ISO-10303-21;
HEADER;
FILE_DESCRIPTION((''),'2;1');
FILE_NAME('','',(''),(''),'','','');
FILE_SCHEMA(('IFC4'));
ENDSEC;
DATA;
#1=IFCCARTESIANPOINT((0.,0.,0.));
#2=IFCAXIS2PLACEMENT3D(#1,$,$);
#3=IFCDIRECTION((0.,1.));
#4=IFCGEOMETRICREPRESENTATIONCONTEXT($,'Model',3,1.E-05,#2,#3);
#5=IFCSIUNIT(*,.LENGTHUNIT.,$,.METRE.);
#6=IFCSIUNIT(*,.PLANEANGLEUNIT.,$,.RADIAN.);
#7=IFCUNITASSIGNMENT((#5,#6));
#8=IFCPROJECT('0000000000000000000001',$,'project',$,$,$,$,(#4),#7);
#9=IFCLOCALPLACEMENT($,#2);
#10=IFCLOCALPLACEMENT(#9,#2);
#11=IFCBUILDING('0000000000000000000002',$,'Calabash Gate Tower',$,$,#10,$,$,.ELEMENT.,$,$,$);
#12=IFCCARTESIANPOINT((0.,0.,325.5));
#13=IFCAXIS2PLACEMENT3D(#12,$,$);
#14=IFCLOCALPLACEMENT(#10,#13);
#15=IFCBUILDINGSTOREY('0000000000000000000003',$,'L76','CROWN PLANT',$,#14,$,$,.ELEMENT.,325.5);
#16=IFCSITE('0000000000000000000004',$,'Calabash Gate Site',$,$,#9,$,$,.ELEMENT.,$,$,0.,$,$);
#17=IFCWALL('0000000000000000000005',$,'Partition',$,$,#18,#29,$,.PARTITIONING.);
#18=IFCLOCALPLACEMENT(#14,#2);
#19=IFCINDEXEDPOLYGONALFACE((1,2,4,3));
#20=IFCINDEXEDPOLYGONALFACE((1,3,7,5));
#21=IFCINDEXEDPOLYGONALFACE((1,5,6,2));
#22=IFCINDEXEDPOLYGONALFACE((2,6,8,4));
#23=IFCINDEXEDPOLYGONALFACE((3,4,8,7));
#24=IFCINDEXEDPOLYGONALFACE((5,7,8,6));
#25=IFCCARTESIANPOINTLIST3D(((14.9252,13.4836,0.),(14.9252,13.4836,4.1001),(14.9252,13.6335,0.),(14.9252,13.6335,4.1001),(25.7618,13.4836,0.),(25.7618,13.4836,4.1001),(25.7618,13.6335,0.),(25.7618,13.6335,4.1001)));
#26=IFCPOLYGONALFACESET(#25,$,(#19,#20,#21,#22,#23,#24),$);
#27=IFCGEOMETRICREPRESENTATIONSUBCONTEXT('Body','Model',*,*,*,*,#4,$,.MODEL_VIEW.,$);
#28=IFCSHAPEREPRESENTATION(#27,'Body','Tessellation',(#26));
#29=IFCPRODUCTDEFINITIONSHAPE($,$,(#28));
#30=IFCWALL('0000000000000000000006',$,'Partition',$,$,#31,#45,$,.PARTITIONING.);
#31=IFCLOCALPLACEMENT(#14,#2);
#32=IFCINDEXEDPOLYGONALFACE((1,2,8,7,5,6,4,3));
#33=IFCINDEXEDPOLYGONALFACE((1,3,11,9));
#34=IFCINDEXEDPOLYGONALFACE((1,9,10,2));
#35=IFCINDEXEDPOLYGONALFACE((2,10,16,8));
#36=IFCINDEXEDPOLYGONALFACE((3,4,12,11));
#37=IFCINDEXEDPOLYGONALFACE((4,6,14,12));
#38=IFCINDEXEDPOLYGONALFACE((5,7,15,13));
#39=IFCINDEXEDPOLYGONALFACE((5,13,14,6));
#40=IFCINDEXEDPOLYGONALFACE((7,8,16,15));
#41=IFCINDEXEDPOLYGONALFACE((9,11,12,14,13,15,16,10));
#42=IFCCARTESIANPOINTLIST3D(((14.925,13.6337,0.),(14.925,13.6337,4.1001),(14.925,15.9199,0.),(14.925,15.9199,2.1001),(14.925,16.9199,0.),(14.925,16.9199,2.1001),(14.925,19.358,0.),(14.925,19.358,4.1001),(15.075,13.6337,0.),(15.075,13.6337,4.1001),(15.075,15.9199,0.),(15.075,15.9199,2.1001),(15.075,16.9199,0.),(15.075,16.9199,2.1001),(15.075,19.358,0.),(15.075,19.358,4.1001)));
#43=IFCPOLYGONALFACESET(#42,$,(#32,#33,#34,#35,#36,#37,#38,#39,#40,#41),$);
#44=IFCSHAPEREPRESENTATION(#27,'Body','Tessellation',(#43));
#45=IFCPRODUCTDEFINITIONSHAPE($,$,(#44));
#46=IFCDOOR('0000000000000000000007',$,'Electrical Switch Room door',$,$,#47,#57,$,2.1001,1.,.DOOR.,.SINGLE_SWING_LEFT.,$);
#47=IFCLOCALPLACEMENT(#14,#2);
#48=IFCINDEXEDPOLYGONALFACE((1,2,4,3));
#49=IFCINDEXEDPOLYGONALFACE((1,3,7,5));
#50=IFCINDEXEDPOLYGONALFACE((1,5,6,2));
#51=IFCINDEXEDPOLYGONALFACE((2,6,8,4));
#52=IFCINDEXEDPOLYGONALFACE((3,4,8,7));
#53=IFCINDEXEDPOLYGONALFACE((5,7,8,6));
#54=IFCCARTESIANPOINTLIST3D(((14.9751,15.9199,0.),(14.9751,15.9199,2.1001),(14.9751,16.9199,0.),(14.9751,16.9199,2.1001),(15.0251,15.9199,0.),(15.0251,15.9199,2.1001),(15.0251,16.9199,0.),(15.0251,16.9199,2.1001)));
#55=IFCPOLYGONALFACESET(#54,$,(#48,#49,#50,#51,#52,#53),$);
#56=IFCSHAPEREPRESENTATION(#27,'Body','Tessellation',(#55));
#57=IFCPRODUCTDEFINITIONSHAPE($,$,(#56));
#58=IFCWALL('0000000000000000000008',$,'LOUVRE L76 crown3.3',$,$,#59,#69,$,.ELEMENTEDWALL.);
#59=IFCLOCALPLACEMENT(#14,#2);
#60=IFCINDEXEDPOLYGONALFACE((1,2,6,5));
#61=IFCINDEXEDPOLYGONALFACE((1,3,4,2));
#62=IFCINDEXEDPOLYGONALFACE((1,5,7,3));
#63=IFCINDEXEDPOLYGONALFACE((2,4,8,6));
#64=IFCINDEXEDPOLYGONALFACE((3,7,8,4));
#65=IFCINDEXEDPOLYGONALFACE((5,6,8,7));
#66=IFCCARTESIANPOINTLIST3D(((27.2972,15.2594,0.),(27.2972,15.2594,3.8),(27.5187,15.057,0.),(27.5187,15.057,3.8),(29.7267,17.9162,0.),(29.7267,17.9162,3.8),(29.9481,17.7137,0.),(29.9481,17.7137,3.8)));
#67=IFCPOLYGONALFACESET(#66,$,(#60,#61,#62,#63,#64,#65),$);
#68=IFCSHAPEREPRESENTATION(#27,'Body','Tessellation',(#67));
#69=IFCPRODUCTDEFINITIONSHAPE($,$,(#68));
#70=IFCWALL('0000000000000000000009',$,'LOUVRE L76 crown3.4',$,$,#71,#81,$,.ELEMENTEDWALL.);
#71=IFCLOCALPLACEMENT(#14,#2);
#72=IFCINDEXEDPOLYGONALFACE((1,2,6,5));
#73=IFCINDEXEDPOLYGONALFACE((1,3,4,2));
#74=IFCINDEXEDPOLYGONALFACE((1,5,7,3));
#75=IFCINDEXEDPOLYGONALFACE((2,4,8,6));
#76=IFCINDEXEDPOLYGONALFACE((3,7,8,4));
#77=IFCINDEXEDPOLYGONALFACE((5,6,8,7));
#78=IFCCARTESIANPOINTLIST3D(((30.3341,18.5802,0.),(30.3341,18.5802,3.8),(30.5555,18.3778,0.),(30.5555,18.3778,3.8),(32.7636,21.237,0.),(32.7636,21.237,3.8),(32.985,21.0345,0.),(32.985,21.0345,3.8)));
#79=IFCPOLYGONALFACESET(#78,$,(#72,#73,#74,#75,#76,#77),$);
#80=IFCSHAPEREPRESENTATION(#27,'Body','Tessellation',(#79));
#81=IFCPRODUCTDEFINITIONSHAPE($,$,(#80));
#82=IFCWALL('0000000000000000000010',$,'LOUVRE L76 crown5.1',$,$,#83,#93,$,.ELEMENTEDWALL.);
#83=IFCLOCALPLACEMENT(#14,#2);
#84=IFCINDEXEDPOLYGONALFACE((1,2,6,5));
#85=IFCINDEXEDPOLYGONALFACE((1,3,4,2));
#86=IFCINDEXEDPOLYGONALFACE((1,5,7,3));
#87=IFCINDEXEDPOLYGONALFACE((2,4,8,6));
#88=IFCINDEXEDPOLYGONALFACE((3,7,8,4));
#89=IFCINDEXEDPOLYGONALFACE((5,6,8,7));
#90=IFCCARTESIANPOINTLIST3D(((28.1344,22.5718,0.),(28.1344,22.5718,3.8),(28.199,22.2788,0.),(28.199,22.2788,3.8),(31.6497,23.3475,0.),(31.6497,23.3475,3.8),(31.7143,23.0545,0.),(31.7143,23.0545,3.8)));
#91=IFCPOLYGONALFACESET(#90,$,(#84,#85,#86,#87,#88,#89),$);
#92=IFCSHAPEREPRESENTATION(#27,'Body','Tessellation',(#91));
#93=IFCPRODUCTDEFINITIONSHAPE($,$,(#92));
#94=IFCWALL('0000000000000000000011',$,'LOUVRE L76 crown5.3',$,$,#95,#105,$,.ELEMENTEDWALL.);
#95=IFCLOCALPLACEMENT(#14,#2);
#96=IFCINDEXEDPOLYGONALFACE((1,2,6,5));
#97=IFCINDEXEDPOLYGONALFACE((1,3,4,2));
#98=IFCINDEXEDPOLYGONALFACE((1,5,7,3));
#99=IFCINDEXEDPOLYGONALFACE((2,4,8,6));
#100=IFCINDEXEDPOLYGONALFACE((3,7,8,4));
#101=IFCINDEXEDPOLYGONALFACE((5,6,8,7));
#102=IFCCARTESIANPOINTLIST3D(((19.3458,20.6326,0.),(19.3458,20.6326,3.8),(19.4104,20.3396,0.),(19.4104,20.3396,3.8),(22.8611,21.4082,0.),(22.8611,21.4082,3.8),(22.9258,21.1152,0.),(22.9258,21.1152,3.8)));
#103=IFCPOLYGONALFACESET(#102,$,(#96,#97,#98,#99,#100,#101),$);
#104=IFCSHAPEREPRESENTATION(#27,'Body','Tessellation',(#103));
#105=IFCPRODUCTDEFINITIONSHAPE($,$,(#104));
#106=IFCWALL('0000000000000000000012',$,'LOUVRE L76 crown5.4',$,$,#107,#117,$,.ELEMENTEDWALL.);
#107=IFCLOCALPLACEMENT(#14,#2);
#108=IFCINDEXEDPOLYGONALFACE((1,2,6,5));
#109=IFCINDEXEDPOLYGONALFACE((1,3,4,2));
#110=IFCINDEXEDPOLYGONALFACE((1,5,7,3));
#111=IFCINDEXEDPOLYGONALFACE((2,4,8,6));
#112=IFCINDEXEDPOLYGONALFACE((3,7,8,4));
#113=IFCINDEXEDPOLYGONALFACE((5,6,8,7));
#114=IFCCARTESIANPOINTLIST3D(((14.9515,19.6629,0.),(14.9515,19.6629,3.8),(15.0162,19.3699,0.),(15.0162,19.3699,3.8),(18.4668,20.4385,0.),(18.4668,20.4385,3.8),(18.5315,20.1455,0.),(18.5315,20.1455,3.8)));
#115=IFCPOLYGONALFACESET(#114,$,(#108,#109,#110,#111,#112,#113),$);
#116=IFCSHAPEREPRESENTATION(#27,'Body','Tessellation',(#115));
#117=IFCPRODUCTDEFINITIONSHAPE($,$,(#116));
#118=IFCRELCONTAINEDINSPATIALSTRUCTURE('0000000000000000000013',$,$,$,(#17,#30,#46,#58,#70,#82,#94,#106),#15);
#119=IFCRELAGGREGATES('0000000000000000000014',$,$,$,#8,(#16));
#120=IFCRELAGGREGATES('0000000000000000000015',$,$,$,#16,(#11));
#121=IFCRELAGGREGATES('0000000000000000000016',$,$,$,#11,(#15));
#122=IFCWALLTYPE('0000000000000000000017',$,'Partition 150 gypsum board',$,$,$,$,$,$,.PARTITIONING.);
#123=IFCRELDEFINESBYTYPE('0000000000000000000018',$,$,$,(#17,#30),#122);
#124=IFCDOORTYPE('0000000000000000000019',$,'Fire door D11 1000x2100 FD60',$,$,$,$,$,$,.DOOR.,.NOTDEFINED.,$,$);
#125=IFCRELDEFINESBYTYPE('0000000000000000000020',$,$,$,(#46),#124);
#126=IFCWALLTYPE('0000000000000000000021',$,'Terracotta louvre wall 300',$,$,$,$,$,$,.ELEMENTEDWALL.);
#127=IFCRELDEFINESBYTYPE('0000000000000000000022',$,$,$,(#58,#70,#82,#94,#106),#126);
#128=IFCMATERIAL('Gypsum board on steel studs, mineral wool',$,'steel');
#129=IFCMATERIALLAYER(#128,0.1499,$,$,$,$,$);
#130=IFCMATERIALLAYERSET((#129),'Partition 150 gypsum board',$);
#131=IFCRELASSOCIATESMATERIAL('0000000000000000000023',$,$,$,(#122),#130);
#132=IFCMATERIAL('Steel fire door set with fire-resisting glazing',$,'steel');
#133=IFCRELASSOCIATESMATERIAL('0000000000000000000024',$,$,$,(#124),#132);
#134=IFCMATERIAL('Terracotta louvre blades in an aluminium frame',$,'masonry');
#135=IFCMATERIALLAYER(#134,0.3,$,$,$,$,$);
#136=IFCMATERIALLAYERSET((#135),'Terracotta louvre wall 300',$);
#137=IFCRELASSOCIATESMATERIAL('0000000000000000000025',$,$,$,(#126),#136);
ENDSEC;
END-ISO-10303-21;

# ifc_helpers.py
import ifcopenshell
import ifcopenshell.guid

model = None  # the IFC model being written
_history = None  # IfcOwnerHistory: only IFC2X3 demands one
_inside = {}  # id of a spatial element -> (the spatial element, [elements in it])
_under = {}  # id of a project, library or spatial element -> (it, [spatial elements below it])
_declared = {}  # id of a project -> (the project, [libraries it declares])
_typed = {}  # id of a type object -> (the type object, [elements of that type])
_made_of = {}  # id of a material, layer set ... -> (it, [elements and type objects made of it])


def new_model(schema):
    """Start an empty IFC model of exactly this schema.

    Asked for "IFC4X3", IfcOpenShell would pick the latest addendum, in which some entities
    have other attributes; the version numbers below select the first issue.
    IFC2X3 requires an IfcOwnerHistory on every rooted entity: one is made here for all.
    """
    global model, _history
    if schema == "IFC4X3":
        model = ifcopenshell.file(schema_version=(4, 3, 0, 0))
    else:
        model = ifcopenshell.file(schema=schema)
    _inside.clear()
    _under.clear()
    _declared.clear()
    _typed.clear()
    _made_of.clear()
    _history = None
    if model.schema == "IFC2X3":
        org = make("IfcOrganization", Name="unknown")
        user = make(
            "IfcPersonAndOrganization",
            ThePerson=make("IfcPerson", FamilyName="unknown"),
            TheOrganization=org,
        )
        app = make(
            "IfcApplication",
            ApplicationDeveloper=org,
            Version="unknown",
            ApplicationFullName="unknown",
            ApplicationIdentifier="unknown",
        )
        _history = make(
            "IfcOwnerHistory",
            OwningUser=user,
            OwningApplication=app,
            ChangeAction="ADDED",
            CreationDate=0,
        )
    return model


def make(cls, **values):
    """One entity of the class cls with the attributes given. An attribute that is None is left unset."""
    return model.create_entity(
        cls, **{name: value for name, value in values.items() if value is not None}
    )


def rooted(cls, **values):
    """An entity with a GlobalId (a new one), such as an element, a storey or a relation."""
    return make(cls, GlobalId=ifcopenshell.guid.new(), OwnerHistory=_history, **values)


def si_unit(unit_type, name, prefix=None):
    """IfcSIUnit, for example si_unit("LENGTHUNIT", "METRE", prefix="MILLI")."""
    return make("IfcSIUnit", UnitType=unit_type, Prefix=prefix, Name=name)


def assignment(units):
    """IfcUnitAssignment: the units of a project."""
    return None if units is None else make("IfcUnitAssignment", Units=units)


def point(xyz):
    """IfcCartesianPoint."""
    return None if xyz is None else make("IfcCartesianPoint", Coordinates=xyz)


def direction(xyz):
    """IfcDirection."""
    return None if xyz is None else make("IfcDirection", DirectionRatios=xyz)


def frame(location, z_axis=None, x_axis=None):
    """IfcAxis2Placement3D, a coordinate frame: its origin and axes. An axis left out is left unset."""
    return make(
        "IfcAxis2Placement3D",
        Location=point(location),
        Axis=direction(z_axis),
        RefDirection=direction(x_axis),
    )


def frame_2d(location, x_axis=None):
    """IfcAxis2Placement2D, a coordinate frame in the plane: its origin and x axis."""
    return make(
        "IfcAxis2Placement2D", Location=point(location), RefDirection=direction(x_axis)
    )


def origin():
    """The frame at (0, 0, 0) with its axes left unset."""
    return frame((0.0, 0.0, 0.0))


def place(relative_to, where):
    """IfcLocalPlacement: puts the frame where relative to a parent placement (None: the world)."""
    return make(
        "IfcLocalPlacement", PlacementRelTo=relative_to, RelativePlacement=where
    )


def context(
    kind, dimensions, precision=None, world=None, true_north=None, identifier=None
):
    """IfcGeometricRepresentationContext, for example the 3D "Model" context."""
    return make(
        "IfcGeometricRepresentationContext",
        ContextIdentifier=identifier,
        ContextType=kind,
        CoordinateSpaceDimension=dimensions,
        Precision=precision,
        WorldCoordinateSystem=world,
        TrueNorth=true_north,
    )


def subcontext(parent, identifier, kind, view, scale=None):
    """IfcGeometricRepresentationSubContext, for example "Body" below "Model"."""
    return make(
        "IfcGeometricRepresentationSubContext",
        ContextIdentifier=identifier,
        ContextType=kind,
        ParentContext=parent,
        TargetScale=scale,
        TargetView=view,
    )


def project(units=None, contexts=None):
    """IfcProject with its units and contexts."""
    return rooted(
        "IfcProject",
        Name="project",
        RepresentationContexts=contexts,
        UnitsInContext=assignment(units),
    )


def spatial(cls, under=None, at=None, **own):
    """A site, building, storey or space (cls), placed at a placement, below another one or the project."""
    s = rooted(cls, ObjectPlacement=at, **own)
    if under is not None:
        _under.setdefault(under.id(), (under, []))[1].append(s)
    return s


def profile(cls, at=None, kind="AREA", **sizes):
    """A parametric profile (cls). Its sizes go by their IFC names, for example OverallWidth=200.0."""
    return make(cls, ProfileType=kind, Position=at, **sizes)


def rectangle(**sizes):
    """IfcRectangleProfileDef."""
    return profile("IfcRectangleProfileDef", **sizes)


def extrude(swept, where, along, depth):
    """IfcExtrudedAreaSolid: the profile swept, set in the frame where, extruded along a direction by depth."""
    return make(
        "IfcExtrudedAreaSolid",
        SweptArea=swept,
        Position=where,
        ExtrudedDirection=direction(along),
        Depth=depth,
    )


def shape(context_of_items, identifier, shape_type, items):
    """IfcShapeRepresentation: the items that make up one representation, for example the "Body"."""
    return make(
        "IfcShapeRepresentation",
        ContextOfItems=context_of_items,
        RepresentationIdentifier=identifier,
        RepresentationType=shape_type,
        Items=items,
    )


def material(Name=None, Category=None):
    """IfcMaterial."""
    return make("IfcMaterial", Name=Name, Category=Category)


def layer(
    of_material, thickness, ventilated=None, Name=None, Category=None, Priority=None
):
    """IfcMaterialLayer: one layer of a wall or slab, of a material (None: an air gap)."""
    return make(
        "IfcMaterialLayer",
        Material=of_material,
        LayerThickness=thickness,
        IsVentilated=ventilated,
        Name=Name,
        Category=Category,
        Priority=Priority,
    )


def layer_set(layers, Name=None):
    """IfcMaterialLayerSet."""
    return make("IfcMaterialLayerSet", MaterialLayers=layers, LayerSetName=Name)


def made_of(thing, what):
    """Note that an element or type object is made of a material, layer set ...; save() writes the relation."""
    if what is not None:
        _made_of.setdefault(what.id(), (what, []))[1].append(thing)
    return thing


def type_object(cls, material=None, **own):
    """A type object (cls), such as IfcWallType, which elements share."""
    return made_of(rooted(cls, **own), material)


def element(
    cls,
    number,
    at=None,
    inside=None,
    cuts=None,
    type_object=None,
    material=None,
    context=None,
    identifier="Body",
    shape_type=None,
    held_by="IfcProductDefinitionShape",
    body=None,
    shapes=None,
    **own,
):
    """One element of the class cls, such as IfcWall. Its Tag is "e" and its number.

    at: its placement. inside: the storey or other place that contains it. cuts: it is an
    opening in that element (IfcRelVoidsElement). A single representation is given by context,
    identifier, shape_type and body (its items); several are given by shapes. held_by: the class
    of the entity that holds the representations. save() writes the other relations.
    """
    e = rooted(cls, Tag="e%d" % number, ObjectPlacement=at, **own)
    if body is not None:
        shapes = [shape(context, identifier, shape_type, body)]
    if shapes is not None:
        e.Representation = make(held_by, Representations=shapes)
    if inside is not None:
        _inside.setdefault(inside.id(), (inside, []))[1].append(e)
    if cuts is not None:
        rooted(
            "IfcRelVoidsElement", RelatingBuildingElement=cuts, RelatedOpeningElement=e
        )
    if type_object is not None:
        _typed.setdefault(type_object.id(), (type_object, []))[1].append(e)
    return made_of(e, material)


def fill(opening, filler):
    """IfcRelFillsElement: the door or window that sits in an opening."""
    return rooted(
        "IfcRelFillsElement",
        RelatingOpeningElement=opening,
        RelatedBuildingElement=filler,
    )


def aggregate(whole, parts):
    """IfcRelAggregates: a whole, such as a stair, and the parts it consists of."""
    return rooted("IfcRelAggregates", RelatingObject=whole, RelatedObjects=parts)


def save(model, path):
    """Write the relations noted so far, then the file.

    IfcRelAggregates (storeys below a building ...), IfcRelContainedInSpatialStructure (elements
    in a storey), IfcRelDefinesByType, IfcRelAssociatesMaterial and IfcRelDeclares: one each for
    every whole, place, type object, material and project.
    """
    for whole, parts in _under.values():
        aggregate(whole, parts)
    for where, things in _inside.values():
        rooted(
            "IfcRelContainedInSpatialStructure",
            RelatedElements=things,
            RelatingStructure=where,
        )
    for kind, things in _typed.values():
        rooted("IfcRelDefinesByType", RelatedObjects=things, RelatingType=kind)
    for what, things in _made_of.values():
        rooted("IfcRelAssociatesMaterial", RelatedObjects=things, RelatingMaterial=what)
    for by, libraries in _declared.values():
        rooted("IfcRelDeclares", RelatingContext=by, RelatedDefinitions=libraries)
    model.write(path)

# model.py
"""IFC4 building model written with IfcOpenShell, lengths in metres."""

from ifc_helpers import new_model, si_unit, direction, frame, frame_2d, origin, place, context, subcontext, project, spatial, rectangle, extrude, material, layer, layer_set, type_object, element, fill, save


model = new_model("IFC4")

# Units and contexts
model_context = context("Model", 3, precision=1e-05, world=origin(), true_north=direction((0.0, 1.0)))
body_context = subcontext(model_context, "Body", "Model", "MODEL_VIEW")
ifc_project = project(units=[si_unit("LENGTHUNIT", "METRE"), si_unit("PLANEANGLEUNIT", "RADIAN")], contexts=[model_context])

# Site, building, storey
site_placement = place(None, origin())
site = spatial("IfcSite", under=ifc_project, at=site_placement, Name="Calabash Gate Site", CompositionType="ELEMENT", RefElevation=0.0)
building_placement = place(site_placement, origin())
building = spatial("IfcBuilding", under=site, at=building_placement, Name="Calabash Gate Tower", CompositionType="ELEMENT")
storey_placement = place(building_placement, frame((0.0, 0.0, 325.5)))
storey = spatial("IfcBuildingStorey", under=building, at=storey_placement, Name="L76", Description="CROWN PLANT", CompositionType="ELEMENT", Elevation=325.5)

# Wall
ifc_material_1 = material(Name="Gypsum board on steel studs, mineral wool", Category="steel")
ifc_layer_1 = layer(ifc_material_1, 0.1499)
ifc_layer_set_1 = layer_set([ifc_layer_1], Name="Partition 150 gypsum board")
wall_type_1 = type_object("IfcWallType", Name="Partition 150 gypsum board", PredefinedType="PARTITIONING", material=ifc_layer_set_1)
wall_1_placement = place(storey_placement, frame((14.925, 13.5586, 0.0), z_axis=(0.0, 0.0, 1.0), x_axis=(1.0, 0.0, 0.0)))
element("IfcWall", 1, at=wall_1_placement, inside=storey, type_object=wall_type_1, Name="Partition", PredefinedType="PARTITIONING", context=body_context, shape_type="SweptSolid", body=[
    extrude(rectangle(XDim=10.8367, YDim=0.1499, at=frame_2d((5.4185, 0.0))), origin(), (0.0, 0.0, 1.0), 4.1001),
])

# Wall, opening, door
wall_2_placement = place(storey_placement, frame((15.0, 13.6335, 0.0), z_axis=(0.0, 0.0, 1.0), x_axis=(0.0, 1.0, 0.0)))
wall_2 = element("IfcWall", 2, at=wall_2_placement, inside=storey, type_object=wall_type_1, Name="Partition", PredefinedType="PARTITIONING", context=body_context, shape_type="SweptSolid", body=[
    extrude(rectangle(XDim=5.7244, YDim=0.1499, at=frame_2d((2.8623, 0.0))), origin(), (0.0, 0.0, 1.0), 4.1001),
])
opening_placement = place(wall_2_placement, frame((2.2864, 0.0, 0.0)))
opening = element("IfcOpeningElement", 3, at=opening_placement, cuts=wall_2, PredefinedType="OPENING", context=body_context, shape_type="SweptSolid", body=[
    extrude(rectangle(XDim=1.0, YDim=2.1001, at=frame_2d((0.5, 1.05))), frame((0.0, 0.085, 0.0), z_axis=(0.0, -1.0, 0.0), x_axis=(1.0, 0.0, 0.0)), (0.0, 0.0, 1.0), 0.1699),
])
ifc_material_2 = material(Name="Steel fire door set with fire-resisting glazing", Category="steel")
door_type = type_object("IfcDoorType", Name="Fire door D11 1000x2100 FD60", OperationType="NOTDEFINED", PredefinedType="DOOR", material=ifc_material_2)
door_placement = place(opening_placement, origin())
door = element("IfcDoor", 4, at=door_placement, inside=storey, type_object=door_type, Name="Electrical Switch Room door", OperationType="SINGLE_SWING_LEFT", OverallHeight=2.1001, OverallWidth=1.0, PredefinedType="DOOR", context=body_context, shape_type="SweptSolid", body=[
    extrude(rectangle(XDim=1.0, YDim=2.1001, at=frame_2d((0.5, 1.05))), frame((0.0, 0.0249, 0.0), z_axis=(0.0, -1.0, 0.0), x_axis=(1.0, 0.0, 0.0)), (0.0, 0.0, 1.0), 0.05),
])
fill(opening, door)

# Walls
ifc_material_3 = material(Name="Terracotta louvre blades in an aluminium frame", Category="masonry")
ifc_layer_2 = layer(ifc_material_3, 0.3)
ifc_layer_set_2 = layer_set([ifc_layer_2], Name="Terracotta louvre wall 300")
wall_type_2 = type_object("IfcWallType", Name="Terracotta louvre wall 300", PredefinedType="ELEMENTEDWALL", material=ifc_layer_set_2)
for number, where, z_axis, x_axis, name in (
    (5, (27.408, 15.1582, 0.0), (0.0, 0.0, 1.0), (0.674834, 0.73797, 0.0), "LOUVRE L76 crown3.3"),
    (6, (30.4448, 18.479, 0.0), (0.0, 0.0, 1.0), (0.674834, 0.73797, 0.0), "LOUVRE L76 crown3.4"),
):
    element("IfcWall", number, at=place(storey_placement, frame(where, z_axis=z_axis, x_axis=x_axis)), inside=storey, type_object=wall_type_2, Name=name, PredefinedType="ELEMENTEDWALL", context=body_context, shape_type="SweptSolid", body=[
        extrude(rectangle(XDim=3.6001, YDim=0.3, at=frame_2d((1.8, 0.0))), origin(), (0.0, 0.0, 1.0), 3.8),
    ])
for number, where, z_axis, x_axis, name in (
    (7, (31.6819, 23.2009, 0.0), (0.0, 0.0, 1.0), (-0.976513, -0.215458, 0.0), "LOUVRE L76 crown5.1"),
    (8, (22.8933, 21.2617, 0.0), (0.0, 0.0, 1.0), (-0.976513, -0.215458, 0.0), "LOUVRE L76 crown5.3"),
    (9, (18.499, 20.292, 0.0), (0.0, 0.0, 1.0), (-0.976513, -0.215458, 0.0), "LOUVRE L76 crown5.4"),
):
    element("IfcWall", number, at=place(storey_placement, frame(where, z_axis=z_axis, x_axis=x_axis)), inside=storey, type_object=wall_type_2, Name=name, PredefinedType="ELEMENTEDWALL", context=body_context, shape_type="SweptSolid", body=[
        extrude(rectangle(XDim=3.5999, YDim=0.3, at=frame_2d((1.7998, 0.0))), origin(), (0.0, 0.0, 1.0), 3.8),
    ])

save(model, "model.ifc")
